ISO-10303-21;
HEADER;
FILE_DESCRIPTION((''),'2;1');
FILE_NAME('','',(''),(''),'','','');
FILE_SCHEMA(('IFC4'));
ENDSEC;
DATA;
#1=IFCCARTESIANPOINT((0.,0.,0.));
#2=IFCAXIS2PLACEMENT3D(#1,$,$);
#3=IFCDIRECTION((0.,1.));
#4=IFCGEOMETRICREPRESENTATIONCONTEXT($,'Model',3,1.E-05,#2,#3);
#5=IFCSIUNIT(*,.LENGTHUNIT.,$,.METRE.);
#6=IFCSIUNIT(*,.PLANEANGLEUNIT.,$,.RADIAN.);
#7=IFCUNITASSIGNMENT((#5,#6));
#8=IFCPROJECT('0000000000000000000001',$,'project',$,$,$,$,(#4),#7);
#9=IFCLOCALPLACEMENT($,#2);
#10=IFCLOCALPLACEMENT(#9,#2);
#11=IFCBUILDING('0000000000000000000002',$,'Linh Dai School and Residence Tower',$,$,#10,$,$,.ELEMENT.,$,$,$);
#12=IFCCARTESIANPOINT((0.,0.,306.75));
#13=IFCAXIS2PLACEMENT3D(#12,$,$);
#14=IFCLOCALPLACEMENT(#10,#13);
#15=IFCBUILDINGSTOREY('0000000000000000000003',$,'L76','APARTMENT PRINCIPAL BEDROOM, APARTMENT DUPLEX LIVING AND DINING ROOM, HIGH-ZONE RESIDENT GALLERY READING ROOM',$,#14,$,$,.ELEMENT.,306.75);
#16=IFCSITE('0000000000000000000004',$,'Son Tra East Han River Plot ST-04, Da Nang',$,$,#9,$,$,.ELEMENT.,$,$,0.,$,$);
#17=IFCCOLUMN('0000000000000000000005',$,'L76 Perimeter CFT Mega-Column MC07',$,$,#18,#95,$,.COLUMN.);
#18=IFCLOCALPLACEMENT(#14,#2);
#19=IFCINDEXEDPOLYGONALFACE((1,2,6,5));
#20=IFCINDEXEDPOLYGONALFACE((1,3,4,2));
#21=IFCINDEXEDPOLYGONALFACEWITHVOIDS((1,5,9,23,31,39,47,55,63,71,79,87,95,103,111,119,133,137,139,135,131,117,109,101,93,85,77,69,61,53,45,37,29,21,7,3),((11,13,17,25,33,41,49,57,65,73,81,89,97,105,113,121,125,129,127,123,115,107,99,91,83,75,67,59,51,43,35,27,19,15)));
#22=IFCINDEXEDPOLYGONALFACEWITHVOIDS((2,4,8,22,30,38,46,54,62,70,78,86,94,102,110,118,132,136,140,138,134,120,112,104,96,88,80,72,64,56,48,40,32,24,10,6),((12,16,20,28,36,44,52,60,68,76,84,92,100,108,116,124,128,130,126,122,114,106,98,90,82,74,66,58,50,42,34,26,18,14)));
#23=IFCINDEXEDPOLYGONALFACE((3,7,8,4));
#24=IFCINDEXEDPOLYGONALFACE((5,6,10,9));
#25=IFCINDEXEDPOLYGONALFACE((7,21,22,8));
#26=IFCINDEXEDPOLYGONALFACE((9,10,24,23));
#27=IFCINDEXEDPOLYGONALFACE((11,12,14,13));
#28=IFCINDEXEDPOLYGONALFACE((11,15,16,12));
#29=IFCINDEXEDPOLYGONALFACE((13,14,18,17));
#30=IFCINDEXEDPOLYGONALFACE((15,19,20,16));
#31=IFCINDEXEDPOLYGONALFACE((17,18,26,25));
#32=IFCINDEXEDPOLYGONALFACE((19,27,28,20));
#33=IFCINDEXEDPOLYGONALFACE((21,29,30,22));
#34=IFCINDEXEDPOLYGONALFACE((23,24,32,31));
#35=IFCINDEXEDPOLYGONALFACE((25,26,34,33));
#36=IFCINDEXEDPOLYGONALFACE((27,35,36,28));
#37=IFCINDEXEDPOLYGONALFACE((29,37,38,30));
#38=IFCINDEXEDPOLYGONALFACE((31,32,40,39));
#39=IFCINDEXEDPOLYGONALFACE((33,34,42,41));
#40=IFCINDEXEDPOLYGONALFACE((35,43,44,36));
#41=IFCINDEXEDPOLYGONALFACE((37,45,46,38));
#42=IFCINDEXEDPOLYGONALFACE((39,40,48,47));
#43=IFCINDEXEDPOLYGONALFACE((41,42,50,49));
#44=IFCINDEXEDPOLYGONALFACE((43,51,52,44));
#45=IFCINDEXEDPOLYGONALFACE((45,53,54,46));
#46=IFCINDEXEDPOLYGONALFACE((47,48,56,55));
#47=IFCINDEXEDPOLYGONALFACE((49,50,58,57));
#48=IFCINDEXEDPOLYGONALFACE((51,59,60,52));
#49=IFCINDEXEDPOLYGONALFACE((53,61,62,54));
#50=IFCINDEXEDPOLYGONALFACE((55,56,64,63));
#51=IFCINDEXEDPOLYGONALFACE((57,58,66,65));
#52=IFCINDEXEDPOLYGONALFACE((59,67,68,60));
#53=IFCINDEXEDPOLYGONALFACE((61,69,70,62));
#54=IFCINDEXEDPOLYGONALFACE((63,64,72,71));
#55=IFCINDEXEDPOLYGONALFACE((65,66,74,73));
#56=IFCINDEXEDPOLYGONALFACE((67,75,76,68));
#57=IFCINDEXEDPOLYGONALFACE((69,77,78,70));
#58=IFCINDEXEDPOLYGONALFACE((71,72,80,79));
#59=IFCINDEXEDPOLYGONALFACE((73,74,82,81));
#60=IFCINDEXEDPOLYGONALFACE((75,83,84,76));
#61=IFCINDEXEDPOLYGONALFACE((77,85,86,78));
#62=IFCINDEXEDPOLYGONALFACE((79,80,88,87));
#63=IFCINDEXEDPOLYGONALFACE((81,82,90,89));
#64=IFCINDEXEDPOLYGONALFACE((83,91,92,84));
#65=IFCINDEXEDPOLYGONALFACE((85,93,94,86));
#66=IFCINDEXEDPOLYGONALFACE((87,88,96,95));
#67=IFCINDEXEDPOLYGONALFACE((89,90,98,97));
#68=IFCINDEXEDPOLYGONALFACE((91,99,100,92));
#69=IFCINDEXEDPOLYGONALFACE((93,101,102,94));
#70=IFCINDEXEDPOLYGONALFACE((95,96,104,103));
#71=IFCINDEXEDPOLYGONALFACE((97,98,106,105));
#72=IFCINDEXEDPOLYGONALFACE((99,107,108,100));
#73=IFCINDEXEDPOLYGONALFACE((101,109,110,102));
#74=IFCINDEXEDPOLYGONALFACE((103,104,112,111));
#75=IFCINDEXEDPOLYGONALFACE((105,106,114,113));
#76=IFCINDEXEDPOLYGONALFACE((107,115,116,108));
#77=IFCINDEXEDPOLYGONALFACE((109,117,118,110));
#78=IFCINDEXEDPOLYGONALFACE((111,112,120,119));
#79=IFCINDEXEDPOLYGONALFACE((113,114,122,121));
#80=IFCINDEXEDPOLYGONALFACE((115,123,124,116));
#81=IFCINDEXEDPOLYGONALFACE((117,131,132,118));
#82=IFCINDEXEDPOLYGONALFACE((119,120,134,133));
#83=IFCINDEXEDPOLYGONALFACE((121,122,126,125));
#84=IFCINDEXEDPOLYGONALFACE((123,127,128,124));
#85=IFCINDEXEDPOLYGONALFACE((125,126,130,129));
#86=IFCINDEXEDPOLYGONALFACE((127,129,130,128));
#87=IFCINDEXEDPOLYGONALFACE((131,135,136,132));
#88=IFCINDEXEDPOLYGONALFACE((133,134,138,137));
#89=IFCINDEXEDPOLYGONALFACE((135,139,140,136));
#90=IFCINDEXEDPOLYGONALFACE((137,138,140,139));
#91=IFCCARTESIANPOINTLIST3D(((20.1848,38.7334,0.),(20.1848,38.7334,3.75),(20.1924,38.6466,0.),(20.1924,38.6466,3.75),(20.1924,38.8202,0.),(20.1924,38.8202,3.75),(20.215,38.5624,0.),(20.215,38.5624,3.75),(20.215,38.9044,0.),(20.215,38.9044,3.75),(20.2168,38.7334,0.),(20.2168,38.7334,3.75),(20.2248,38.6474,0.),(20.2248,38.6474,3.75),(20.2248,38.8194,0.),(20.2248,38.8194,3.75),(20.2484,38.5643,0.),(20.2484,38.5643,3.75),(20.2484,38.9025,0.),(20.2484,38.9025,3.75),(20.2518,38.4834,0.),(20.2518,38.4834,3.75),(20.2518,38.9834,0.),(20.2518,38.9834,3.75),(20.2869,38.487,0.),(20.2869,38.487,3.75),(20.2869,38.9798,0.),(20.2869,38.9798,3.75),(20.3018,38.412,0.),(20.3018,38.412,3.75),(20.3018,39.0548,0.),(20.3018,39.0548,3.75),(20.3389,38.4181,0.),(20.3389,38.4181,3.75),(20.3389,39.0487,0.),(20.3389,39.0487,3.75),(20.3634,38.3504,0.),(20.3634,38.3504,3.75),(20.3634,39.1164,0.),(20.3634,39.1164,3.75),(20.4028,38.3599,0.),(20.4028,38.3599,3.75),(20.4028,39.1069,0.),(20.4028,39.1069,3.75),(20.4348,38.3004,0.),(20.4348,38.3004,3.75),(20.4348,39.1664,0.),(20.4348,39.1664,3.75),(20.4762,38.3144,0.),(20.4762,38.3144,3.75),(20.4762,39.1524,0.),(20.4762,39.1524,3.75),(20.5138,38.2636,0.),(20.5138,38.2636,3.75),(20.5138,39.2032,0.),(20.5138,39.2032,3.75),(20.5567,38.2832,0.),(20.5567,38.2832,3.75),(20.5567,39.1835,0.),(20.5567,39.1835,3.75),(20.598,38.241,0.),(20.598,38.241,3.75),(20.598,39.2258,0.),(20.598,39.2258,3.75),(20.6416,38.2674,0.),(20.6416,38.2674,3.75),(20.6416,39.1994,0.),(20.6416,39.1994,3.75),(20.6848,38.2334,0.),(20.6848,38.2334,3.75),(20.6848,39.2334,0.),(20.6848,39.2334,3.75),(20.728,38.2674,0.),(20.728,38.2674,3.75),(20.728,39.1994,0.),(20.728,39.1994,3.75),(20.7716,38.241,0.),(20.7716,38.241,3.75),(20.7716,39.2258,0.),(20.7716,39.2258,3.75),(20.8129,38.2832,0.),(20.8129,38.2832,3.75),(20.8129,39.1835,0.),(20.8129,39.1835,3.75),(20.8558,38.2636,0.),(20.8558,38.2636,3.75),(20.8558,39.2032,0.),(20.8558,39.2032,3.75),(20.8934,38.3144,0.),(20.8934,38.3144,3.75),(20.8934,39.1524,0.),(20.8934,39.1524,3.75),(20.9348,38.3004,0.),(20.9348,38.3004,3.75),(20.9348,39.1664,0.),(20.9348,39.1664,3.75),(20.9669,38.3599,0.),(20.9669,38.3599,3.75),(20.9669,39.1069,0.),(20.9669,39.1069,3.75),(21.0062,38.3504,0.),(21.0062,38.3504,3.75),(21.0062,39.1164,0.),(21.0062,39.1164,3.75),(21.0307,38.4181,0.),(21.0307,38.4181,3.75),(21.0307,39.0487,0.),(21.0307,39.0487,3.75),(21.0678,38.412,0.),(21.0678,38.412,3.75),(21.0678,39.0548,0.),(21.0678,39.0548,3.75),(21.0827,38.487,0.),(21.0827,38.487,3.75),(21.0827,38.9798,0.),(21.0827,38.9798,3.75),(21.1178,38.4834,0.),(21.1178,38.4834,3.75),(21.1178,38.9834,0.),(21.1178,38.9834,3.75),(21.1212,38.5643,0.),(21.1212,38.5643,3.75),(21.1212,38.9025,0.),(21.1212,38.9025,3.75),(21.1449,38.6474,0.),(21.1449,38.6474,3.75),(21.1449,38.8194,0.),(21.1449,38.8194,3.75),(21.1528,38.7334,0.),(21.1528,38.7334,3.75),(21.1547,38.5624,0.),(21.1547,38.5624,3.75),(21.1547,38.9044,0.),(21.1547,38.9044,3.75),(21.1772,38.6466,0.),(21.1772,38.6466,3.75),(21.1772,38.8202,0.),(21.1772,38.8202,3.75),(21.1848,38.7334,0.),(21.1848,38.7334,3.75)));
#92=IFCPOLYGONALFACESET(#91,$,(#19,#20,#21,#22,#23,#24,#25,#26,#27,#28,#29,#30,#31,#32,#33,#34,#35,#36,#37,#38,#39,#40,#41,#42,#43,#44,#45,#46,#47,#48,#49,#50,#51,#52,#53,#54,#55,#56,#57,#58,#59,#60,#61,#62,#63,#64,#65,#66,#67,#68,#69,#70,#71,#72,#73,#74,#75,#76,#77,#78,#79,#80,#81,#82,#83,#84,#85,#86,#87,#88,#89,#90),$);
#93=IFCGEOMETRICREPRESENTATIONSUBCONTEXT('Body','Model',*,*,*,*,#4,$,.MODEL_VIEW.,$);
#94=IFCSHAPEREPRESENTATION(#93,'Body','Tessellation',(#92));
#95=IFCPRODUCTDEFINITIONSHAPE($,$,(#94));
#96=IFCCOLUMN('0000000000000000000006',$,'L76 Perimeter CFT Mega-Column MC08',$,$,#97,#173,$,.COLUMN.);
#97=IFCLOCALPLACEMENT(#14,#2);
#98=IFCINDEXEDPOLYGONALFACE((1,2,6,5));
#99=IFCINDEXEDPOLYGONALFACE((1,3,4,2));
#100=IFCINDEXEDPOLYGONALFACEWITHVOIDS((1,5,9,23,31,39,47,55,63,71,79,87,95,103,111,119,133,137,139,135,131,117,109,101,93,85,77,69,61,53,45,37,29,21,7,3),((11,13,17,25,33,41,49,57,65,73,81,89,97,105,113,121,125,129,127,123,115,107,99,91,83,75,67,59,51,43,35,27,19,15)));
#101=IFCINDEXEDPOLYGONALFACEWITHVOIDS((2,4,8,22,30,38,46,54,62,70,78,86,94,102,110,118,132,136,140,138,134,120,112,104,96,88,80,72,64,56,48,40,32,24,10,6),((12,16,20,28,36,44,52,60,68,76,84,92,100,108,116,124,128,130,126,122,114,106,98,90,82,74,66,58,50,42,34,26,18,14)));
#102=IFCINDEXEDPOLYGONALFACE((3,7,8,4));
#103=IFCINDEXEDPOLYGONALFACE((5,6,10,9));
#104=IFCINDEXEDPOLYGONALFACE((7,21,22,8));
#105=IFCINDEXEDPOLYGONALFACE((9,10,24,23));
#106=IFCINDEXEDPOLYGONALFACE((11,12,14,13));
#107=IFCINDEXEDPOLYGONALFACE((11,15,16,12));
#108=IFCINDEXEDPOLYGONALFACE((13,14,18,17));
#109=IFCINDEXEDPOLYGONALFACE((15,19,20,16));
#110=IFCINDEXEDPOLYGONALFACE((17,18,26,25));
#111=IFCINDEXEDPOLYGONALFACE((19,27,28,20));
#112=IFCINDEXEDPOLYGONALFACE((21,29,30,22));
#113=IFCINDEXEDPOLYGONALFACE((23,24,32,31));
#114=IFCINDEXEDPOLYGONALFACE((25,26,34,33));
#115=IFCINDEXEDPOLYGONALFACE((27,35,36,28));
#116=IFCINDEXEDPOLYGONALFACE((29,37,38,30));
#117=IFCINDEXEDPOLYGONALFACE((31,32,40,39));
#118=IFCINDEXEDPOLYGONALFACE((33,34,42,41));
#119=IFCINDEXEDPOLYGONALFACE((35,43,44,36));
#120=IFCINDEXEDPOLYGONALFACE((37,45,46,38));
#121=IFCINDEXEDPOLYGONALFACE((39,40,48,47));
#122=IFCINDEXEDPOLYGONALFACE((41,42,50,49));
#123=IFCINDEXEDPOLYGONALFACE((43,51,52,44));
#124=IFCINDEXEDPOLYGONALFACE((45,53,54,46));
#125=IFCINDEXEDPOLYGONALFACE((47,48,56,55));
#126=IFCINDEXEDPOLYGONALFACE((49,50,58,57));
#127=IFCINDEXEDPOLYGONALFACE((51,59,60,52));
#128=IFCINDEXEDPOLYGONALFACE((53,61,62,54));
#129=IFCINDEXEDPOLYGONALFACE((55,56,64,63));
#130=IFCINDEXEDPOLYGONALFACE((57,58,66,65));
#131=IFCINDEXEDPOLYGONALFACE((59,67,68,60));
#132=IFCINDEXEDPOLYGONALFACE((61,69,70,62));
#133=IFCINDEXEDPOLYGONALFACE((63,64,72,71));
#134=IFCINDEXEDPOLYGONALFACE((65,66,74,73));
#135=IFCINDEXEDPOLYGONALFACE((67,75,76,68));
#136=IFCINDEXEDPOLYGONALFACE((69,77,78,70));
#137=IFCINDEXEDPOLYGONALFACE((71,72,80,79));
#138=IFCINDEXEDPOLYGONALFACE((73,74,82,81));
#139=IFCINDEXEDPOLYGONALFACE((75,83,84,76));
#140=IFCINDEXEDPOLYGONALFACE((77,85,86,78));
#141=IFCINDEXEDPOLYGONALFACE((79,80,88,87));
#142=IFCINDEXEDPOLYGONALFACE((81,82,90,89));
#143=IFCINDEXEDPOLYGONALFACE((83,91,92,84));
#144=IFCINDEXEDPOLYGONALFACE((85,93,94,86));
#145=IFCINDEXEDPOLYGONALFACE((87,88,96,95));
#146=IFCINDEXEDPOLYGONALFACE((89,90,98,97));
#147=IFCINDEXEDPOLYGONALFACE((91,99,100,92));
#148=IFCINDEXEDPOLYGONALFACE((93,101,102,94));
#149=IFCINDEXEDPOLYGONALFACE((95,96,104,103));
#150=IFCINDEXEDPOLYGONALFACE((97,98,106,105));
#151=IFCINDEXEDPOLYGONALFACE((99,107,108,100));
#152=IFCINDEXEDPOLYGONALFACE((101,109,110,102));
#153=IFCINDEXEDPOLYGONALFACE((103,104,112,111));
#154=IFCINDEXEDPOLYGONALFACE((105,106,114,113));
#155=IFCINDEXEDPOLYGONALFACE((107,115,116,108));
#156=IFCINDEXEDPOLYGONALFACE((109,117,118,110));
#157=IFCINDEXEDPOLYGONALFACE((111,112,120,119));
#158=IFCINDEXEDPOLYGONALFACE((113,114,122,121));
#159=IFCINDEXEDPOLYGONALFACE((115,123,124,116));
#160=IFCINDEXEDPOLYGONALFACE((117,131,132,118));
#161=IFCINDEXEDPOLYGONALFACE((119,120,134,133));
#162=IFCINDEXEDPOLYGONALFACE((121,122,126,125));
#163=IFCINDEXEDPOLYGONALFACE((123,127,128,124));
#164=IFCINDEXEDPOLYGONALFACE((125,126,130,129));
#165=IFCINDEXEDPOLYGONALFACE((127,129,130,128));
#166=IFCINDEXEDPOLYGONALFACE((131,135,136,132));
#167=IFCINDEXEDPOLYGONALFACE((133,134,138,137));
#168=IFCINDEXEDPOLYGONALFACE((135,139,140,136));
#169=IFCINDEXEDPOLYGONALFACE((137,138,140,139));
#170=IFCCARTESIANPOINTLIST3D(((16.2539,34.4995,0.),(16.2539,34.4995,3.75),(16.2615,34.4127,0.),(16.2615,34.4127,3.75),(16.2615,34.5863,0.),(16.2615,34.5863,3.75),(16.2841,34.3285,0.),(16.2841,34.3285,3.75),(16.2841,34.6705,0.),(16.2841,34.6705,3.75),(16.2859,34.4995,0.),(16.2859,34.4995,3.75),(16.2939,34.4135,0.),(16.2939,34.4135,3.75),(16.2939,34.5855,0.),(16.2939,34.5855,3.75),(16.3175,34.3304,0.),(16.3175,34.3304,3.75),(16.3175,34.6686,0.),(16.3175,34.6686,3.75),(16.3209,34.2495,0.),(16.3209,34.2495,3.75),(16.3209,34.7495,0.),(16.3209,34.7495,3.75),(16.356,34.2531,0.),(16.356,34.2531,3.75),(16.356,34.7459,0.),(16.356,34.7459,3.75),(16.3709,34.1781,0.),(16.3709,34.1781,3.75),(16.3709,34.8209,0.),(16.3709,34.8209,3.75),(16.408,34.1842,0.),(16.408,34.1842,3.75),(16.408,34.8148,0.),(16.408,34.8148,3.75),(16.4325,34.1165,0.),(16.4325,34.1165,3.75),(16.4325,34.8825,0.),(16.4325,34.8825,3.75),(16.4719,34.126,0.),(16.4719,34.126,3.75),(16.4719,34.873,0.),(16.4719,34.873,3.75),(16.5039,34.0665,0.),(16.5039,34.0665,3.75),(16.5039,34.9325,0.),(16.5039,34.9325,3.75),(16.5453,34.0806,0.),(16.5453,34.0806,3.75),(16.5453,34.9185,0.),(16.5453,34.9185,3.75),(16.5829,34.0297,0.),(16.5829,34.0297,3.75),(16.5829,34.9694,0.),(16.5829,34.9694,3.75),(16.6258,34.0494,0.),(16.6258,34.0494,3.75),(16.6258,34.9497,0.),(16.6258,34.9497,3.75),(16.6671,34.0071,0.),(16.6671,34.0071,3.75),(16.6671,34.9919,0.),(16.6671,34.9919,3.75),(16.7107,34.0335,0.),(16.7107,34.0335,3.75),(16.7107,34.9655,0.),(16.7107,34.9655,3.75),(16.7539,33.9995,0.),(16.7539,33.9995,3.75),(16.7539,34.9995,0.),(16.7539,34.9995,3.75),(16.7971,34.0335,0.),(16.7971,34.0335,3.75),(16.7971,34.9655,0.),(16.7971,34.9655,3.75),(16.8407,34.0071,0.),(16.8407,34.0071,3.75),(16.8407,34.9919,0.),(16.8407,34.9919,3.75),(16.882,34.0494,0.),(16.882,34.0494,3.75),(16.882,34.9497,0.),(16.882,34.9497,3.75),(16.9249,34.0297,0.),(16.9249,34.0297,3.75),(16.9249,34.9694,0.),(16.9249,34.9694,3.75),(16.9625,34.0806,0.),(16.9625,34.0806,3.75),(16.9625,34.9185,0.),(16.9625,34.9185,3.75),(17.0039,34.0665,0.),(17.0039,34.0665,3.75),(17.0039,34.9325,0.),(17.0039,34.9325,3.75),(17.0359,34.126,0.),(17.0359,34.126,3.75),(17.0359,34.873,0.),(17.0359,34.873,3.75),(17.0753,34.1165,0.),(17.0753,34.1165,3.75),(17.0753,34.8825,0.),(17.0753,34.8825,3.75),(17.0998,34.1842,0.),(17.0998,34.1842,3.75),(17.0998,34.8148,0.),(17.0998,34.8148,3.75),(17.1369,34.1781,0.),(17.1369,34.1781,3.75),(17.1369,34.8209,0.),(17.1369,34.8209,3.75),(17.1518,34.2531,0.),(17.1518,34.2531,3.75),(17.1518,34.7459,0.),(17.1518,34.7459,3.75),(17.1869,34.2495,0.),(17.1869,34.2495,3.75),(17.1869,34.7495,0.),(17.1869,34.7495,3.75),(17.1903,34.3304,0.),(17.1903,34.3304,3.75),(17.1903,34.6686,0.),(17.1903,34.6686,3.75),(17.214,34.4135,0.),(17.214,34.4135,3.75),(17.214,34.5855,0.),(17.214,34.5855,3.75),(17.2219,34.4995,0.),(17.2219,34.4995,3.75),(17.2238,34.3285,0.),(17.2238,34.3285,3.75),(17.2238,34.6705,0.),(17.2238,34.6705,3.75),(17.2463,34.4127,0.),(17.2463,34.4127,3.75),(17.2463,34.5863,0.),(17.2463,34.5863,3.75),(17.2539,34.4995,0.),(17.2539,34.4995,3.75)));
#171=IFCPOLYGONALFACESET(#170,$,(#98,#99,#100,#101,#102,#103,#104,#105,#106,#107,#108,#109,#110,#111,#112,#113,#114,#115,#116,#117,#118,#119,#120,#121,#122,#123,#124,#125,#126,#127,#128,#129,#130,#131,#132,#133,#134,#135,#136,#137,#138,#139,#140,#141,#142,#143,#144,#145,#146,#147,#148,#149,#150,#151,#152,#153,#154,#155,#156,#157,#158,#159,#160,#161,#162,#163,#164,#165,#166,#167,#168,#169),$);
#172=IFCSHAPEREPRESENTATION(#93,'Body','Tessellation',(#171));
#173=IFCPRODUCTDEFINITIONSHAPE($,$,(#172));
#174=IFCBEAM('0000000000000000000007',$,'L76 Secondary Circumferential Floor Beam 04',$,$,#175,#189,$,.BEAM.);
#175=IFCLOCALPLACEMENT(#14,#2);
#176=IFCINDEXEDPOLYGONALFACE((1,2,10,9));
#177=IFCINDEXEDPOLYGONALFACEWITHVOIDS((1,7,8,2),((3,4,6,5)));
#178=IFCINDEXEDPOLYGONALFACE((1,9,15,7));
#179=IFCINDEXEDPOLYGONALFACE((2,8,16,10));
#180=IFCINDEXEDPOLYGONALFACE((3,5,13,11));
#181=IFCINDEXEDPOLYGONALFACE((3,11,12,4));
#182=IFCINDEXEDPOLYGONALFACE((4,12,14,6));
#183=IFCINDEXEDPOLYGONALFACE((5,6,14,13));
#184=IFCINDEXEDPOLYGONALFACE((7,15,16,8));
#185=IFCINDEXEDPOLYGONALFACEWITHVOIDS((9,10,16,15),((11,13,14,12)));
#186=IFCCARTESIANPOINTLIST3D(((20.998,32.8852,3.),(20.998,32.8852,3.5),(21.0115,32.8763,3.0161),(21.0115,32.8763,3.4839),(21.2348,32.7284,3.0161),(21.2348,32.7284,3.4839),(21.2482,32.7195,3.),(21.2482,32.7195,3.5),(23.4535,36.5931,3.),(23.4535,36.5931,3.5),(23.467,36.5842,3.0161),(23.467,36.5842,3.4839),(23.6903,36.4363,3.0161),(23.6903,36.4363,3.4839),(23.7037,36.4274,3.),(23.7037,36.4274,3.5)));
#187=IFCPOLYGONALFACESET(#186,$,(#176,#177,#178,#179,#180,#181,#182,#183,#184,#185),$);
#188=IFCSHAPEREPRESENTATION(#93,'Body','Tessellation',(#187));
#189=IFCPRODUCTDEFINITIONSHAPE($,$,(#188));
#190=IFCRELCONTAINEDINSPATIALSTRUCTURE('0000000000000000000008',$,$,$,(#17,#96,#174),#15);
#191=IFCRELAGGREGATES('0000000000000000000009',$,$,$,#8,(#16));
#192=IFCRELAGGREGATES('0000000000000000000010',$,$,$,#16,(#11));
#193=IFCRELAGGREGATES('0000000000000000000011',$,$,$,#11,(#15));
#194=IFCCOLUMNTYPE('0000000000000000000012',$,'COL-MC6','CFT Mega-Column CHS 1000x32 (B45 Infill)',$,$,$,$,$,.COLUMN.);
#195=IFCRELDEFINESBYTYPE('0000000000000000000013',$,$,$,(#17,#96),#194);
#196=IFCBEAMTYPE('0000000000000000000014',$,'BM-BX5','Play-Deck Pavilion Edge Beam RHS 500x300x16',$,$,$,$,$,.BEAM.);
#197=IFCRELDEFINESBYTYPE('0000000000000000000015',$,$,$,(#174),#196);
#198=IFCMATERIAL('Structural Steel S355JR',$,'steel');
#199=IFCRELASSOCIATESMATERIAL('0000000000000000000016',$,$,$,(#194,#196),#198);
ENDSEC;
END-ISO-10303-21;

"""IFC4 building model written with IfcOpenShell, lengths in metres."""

from ifc_helpers import new_model, si_unit, direction, frame, origin, origin_2d, place, context, subcontext, project, spatial, hollow_rectangle, hollow_circle, extrude, material, material_profile, profile_set, type_object, element, save


model = new_model("IFC4")

# Units and contexts
model_context = context("Model", 3, precision=1e-05, world=origin(), true_north=direction((0.0, 1.0)))
body_context = subcontext(model_context, "Body", "Model", "MODEL_VIEW")
ifc_project = project(units=[si_unit("LENGTHUNIT", "METRE"), si_unit("PLANEANGLEUNIT", "RADIAN")], contexts=[model_context])

# Site, building, storey
site_placement = place(None, origin())
site = spatial("IfcSite", under=ifc_project, at=site_placement, Name="Son Tra East Han River Plot ST-04, Da Nang", CompositionType="ELEMENT", RefElevation=0.0)
building_placement = place(site_placement, origin())
building = spatial("IfcBuilding", under=site, at=building_placement, Name="Linh Dai School and Residence Tower", CompositionType="ELEMENT")
storey_placement = place(building_placement, frame((0.0, 0.0, 306.75)))
storey = spatial("IfcBuildingStorey", under=building, at=storey_placement, Name="L76", Description="APARTMENT PRINCIPAL BEDROOM, APARTMENT DUPLEX LIVING AND DINING ROOM, HIGH-ZONE RESIDENT GALLERY READING ROOM", CompositionType="ELEMENT", Elevation=306.75)

# Columns
ifc_material_1 = material(Name="Structural Steel S355JR", Category="steel")
ifc_material_profile_1 = material_profile(ifc_material_1, hollow_circle(Radius=0.5, WallThickness=0.032, at=origin_2d()), Name="CHS 1000x32")
ifc_profile_set_1 = profile_set([ifc_material_profile_1], Name="Structural Steel S355JR")
column_type = type_object("IfcColumnType", Name="COL-MC6", Description="CFT Mega-Column CHS 1000x32 (B45 Infill)", PredefinedType="COLUMN", material=ifc_profile_set_1)
for number, where, z_axis, x_axis, name in (
    (1, (20.6848, 38.7334, 0.0), (0.0, 0.0, 1.0), (1.0, 0.0, 0.0), "L76 Perimeter CFT Mega-Column MC07"),
    (2, (16.7539, 34.4995, 0.0), (0.0, 0.0, 1.0), (1.0, 0.0, 0.0), "L76 Perimeter CFT Mega-Column MC08"),
):
    element("IfcColumn", number, at=place(storey_placement, frame(where, z_axis=z_axis, x_axis=x_axis)), inside=storey, type_object=column_type, Name=name, PredefinedType="COLUMN", context=body_context, shape_type="SweptSolid", body=[
        extrude(hollow_circle(Radius=0.5, WallThickness=0.032, at=origin_2d()), origin(), (0.0, 0.0, 1.0), 3.75),
    ])

# Beam
ifc_material_profile_2 = material_profile(ifc_material_1, hollow_rectangle(XDim=0.3, YDim=0.5, WallThickness=0.0161, at=origin_2d()), Name="RHS 500x300x16")
ifc_profile_set_2 = profile_set([ifc_material_profile_2], Name="Structural Steel S355JR")
beam_type_1 = type_object("IfcBeamType", Name="BM-BX5", Description="Play-Deck Pavilion Edge Beam RHS 500x300x16", PredefinedType="BEAM", material=ifc_profile_set_2)
beam_1_placement = place(storey_placement, frame((23.5786, 36.5103, 3.25), z_axis=(-0.552139, -0.833752, 0.0), x_axis=(0.833752, -0.552139, 0.0)))
element("IfcBeam", 3, at=beam_1_placement, inside=storey, type_object=beam_type_1, Name="L76 Secondary Circumferential Floor Beam 04", PredefinedType="BEAM", context=body_context, shape_type="SweptSolid", body=[
    extrude(hollow_rectangle(XDim=0.3, YDim=0.5, WallThickness=0.0161, at=origin_2d()), origin(), (0.0, 0.0, 1.0), 4.4473),
])

save(model, "model.ifc")
